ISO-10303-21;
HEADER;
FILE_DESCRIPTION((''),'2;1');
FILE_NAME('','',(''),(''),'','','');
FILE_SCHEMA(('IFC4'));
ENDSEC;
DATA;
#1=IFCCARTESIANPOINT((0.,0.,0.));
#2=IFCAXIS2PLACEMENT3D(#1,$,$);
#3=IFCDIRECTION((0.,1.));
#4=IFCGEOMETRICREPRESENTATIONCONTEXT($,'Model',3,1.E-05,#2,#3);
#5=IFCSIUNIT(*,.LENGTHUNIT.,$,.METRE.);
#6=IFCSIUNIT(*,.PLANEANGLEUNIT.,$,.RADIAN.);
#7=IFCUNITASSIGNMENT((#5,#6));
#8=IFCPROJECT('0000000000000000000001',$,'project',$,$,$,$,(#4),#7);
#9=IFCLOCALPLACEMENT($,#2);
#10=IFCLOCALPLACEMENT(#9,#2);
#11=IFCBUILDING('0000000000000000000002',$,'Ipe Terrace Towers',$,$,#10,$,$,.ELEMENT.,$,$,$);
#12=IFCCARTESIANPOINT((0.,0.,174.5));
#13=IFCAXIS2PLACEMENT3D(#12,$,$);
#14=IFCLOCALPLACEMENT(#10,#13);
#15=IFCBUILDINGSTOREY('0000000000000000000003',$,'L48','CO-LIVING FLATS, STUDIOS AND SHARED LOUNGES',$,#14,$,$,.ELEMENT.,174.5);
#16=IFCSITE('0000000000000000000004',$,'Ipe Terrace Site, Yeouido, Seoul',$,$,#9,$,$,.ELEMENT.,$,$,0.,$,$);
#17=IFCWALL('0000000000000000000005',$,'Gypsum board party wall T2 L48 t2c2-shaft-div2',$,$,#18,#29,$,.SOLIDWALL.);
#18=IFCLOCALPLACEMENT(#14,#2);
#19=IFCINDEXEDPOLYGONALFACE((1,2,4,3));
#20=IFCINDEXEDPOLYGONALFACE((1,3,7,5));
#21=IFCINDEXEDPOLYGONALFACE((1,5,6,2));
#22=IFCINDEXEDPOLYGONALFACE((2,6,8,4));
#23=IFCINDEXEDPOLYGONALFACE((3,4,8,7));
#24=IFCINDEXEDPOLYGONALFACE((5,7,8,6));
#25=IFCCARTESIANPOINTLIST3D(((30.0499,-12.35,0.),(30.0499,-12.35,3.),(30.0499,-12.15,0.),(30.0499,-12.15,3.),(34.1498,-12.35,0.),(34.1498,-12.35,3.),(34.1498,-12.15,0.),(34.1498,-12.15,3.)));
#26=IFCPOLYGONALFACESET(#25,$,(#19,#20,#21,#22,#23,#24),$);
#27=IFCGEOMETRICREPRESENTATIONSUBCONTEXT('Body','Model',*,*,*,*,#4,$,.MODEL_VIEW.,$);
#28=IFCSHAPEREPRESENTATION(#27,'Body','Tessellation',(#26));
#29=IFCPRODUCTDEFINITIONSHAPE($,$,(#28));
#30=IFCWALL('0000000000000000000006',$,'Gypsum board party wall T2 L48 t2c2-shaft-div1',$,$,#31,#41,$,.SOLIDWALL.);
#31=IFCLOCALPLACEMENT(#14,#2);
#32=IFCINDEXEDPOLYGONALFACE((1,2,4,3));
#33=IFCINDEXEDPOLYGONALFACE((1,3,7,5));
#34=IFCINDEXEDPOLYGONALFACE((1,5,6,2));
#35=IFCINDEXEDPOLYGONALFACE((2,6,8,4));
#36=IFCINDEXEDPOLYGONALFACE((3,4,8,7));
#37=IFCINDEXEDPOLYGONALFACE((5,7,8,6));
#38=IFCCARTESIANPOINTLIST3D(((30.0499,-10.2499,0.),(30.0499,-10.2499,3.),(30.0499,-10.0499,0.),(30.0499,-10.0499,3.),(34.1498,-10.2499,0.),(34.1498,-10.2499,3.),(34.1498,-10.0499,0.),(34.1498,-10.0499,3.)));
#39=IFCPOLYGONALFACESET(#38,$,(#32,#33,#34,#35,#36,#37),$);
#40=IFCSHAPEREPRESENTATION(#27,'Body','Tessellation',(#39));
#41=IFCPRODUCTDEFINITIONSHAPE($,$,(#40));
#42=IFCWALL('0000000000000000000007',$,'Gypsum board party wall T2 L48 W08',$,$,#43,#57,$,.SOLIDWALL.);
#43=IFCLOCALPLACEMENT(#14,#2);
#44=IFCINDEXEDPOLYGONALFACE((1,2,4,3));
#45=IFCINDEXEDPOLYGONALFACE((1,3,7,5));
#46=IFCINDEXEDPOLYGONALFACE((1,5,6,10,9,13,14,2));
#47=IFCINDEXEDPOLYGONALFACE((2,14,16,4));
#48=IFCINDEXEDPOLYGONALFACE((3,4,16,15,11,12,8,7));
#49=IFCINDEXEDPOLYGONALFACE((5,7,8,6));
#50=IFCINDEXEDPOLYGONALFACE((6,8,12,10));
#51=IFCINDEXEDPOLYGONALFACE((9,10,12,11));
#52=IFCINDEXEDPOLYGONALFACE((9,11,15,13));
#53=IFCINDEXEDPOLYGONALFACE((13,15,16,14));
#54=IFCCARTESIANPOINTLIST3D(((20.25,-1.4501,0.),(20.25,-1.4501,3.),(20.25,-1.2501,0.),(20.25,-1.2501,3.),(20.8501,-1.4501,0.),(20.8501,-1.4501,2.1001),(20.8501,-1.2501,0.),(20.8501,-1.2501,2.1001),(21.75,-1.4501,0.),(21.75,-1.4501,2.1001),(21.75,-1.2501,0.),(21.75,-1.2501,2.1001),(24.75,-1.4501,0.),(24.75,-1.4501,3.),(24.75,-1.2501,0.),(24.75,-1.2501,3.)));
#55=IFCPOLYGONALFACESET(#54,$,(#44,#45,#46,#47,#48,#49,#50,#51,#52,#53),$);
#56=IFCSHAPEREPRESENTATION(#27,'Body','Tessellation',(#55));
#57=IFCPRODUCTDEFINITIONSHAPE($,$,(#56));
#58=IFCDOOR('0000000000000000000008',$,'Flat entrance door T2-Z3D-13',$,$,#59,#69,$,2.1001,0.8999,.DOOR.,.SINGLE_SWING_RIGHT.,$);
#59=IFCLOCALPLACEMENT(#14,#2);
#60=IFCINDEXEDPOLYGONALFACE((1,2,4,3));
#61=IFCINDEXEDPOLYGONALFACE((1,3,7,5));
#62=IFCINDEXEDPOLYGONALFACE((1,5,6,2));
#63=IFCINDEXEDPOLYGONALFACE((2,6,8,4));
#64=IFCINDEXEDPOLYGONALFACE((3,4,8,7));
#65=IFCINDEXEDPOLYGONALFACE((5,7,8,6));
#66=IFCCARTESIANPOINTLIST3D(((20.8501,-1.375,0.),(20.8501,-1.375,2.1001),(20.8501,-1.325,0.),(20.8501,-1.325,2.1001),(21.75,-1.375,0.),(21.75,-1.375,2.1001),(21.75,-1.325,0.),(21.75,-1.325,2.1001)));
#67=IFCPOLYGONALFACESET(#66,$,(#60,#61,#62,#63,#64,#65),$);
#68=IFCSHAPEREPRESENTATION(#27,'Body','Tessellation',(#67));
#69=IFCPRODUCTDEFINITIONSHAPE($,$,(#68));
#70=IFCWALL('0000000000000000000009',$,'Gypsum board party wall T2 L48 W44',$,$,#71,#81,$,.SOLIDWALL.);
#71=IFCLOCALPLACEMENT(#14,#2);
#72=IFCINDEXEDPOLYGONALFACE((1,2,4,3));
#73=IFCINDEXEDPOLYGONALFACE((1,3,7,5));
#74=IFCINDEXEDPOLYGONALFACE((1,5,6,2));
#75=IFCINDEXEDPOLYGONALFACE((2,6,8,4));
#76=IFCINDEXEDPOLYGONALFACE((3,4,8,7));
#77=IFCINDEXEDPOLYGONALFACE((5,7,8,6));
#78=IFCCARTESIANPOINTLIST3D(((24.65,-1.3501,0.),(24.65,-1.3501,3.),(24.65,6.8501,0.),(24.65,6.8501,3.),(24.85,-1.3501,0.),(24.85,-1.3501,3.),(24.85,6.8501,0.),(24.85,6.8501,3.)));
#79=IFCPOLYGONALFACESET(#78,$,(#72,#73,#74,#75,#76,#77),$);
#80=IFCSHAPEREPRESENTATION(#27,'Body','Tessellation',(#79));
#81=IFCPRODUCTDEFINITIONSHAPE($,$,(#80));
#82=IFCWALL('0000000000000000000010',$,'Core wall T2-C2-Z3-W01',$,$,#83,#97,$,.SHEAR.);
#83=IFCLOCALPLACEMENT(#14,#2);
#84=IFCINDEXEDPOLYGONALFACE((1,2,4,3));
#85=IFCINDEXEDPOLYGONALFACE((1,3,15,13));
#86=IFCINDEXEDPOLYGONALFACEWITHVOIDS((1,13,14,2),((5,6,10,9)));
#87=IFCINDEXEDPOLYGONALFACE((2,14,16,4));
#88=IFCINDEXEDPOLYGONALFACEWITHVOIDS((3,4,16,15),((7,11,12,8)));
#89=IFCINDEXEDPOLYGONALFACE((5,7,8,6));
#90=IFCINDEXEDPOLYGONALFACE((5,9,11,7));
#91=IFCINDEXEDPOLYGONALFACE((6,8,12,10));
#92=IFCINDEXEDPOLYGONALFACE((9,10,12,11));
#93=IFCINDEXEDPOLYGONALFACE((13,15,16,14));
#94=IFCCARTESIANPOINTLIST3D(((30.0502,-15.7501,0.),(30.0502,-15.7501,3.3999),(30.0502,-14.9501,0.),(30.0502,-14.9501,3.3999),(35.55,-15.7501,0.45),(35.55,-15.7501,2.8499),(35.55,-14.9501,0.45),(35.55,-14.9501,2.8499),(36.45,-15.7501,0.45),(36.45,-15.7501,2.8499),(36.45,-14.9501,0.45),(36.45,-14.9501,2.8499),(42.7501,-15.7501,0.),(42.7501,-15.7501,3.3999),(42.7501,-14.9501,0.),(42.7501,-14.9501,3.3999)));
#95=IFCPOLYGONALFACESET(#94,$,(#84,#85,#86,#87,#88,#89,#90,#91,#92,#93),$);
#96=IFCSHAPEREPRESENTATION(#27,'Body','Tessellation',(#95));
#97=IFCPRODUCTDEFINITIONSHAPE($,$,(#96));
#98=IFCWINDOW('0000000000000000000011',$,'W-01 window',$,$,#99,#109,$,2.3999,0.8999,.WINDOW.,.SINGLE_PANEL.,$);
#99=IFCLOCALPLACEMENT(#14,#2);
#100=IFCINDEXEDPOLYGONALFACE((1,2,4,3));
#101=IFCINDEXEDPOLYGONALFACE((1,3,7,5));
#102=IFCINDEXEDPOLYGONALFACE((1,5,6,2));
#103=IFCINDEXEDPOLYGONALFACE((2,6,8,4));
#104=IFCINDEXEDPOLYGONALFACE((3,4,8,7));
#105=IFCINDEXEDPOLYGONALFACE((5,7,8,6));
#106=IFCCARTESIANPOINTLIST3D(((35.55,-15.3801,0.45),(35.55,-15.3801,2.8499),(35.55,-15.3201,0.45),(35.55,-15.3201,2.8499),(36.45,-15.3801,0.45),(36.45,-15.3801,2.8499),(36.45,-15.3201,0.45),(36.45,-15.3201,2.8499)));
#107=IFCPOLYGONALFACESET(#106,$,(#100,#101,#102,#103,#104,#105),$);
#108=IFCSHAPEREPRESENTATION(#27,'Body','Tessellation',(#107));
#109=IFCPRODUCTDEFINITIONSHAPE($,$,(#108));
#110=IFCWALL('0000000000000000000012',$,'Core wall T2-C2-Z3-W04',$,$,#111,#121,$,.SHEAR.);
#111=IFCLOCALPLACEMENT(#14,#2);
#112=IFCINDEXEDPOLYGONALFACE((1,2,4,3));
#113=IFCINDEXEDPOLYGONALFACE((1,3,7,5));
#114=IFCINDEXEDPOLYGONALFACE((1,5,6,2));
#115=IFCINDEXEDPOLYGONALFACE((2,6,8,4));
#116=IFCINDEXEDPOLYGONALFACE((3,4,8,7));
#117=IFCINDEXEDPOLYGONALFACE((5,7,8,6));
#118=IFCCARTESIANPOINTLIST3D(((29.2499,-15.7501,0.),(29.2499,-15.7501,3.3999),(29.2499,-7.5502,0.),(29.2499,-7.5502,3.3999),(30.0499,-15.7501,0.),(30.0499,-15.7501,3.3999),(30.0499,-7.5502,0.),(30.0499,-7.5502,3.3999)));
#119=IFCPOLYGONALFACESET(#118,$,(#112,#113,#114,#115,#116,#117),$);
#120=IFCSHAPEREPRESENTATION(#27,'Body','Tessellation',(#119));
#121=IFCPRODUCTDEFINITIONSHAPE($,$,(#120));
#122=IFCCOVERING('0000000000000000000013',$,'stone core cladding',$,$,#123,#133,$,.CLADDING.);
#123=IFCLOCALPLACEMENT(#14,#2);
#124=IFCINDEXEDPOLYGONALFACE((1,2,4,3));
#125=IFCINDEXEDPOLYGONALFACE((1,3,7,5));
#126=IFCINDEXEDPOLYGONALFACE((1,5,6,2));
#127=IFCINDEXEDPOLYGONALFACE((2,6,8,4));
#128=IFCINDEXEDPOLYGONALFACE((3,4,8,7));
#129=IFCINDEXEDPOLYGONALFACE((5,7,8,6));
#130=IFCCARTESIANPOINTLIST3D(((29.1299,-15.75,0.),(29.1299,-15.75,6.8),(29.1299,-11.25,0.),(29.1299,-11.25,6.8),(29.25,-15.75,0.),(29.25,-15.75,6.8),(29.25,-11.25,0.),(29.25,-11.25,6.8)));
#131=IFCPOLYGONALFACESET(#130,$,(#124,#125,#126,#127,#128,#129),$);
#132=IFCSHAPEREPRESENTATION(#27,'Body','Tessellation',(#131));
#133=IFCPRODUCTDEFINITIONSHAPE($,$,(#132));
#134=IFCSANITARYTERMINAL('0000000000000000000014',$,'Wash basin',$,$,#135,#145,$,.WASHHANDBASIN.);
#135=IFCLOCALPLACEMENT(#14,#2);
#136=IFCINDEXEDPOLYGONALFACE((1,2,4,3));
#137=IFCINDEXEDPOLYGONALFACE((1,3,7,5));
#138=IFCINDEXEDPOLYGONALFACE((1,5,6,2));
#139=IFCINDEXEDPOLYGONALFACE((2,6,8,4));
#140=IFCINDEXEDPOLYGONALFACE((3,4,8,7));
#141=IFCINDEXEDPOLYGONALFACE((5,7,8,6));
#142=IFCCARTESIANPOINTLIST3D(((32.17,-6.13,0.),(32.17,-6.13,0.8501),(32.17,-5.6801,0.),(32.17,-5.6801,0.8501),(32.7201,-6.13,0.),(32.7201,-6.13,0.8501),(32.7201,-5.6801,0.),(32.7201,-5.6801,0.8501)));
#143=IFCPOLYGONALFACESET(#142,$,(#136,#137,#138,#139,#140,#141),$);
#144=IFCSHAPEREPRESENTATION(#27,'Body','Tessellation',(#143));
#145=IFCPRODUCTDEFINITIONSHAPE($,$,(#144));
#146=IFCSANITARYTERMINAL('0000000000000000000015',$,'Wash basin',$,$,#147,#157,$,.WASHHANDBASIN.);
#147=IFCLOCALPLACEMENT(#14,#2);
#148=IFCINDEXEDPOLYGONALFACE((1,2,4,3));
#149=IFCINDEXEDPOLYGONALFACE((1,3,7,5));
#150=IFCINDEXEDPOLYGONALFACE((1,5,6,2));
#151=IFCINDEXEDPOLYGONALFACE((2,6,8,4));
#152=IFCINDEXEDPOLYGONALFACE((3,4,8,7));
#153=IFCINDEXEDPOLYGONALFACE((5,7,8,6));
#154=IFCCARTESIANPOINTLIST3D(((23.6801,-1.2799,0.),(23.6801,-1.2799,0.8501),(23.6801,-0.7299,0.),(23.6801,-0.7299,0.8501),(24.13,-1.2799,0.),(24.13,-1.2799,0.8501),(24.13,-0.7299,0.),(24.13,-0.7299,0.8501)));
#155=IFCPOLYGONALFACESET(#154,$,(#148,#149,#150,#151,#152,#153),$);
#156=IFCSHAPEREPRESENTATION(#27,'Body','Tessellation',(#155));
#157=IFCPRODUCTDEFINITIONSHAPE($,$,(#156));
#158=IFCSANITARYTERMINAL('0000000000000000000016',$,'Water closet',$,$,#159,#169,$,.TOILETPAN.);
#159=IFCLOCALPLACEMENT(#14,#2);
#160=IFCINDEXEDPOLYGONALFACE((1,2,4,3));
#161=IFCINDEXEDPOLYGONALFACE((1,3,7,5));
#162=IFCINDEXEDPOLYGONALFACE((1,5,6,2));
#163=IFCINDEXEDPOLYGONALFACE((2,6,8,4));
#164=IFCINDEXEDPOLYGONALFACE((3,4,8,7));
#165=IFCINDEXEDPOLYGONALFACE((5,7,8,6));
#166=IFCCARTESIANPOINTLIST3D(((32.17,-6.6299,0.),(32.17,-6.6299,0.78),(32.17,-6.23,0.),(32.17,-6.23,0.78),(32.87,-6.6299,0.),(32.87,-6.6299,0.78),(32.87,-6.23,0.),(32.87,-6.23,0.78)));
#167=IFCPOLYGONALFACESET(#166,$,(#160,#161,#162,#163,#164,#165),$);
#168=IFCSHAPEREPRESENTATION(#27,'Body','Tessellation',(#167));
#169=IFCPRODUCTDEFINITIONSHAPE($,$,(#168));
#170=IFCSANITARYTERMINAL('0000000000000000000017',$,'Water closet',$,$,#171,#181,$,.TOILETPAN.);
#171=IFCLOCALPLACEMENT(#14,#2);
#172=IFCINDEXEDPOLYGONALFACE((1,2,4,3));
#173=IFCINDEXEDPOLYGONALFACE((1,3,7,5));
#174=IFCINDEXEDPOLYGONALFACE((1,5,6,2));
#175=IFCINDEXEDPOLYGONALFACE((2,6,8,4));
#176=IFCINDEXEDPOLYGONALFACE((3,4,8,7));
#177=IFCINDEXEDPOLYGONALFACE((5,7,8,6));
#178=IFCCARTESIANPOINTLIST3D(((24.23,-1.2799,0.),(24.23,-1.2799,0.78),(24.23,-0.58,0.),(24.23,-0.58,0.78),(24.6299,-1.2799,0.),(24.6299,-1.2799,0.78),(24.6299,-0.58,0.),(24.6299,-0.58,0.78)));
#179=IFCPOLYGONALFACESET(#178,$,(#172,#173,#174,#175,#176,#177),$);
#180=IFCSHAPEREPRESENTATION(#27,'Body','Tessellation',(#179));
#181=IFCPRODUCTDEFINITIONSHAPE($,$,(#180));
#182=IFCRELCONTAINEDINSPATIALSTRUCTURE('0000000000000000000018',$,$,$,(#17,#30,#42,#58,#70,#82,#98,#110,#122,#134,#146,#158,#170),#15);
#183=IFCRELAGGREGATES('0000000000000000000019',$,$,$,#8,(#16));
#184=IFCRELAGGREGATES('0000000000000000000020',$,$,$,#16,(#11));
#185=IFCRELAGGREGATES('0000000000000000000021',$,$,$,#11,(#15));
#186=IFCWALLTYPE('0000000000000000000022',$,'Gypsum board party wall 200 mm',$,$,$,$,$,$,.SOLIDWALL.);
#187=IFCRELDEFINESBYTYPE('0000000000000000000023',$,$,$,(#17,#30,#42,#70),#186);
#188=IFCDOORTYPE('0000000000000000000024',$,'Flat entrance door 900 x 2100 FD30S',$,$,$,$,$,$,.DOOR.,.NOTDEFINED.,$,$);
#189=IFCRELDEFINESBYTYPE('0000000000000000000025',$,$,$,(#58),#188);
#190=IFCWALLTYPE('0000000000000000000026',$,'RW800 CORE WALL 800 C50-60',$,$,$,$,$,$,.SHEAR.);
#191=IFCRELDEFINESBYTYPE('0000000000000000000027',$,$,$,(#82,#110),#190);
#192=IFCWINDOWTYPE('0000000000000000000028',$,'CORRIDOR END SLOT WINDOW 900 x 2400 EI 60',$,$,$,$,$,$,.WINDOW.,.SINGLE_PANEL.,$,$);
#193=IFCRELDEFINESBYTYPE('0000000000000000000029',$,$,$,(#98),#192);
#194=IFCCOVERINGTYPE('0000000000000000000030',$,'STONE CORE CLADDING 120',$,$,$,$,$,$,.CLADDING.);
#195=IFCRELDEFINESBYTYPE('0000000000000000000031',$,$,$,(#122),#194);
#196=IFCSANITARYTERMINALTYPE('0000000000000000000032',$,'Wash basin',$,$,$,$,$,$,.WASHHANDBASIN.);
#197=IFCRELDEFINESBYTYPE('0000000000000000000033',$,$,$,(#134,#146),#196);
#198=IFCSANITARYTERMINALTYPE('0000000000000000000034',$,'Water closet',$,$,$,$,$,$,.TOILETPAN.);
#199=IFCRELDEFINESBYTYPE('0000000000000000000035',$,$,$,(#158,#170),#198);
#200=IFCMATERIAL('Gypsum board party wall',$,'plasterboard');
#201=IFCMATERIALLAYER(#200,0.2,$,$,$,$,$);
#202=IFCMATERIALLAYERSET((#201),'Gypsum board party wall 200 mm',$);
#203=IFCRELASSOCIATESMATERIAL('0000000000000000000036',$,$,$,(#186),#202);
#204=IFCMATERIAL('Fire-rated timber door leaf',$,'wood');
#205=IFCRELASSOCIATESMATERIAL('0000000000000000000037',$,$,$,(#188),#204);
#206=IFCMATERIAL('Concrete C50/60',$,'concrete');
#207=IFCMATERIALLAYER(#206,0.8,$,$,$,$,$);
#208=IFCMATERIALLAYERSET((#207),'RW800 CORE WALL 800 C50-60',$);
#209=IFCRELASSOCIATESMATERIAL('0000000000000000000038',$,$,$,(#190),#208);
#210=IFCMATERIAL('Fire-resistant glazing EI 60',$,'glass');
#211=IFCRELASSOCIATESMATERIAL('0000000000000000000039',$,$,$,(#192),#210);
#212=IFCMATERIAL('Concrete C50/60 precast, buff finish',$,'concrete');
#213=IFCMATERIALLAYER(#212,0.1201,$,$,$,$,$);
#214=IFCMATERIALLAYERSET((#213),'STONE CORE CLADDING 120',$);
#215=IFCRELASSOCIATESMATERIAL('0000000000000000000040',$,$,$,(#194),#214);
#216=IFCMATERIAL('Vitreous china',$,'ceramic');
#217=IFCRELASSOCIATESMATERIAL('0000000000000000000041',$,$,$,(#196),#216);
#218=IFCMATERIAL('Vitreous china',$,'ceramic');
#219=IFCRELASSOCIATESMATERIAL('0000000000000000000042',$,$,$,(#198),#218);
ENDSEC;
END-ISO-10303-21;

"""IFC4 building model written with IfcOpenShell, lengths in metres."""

from ifc_helpers import new_model, si_unit, direction, frame, frame_2d, origin, origin_2d, place, context, subcontext, project, spatial, rectangle, extrude, material, layer, layer_set, type_object, element, fill, save


model = new_model("IFC4")

# Units and contexts
model_context = context("Model", 3, precision=1e-05, world=origin(), true_north=direction((0.0, 1.0)))
body_context = subcontext(model_context, "Body", "Model", "MODEL_VIEW")
ifc_project = project(units=[si_unit("LENGTHUNIT", "METRE"), si_unit("PLANEANGLEUNIT", "RADIAN")], contexts=[model_context])

# Site, building, storey
site_placement = place(None, origin())
site = spatial("IfcSite", under=ifc_project, at=site_placement, Name="Ipe Terrace Site, Yeouido, Seoul", CompositionType="ELEMENT", RefElevation=0.0)
building_placement = place(site_placement, origin())
building = spatial("IfcBuilding", under=site, at=building_placement, Name="Ipe Terrace Towers", CompositionType="ELEMENT")
storey_placement = place(building_placement, frame((0.0, 0.0, 174.5)))
storey = spatial("IfcBuildingStorey", under=building, at=storey_placement, Name="L48", Description="CO-LIVING FLATS, STUDIOS AND SHARED LOUNGES", CompositionType="ELEMENT", Elevation=174.5)

# Walls
ifc_material_1 = material(Name="Gypsum board party wall", Category="plasterboard")
ifc_layer_1 = layer(ifc_material_1, 0.2)
ifc_layer_set_1 = layer_set([ifc_layer_1], Name="Gypsum board party wall 200 mm")
wall_type_1 = type_object("IfcWallType", Name="Gypsum board party wall 200 mm", PredefinedType="SOLIDWALL", material=ifc_layer_set_1)
for number, where, z_axis, x_axis, name in (
    (1, (30.05, -12.25, 0.0), (0.0, 0.0, 1.0), (1.0, 0.0, 0.0), "Gypsum board party wall T2 L48 t2c2-shaft-div2"),
    (2, (30.05, -10.1499, 0.0), (0.0, 0.0, 1.0), (1.0, 0.0, 0.0), "Gypsum board party wall T2 L48 t2c2-shaft-div1"),
):
    element("IfcWall", number, at=place(storey_placement, frame(where, z_axis=z_axis, x_axis=x_axis)), inside=storey, type_object=wall_type_1, Name=name, PredefinedType="SOLIDWALL", context=body_context, shape_type="SweptSolid", body=[
        extrude(rectangle(XDim=4.0999, YDim=0.2, at=frame_2d((2.0498, 0.0))), origin(), (0.0, 0.0, 1.0), 3.0),
    ])

# Wall, opening, door
wall_1_placement = place(storey_placement, frame((24.75, -1.3501, 0.0), z_axis=(0.0, 0.0, 1.0), x_axis=(-1.0, 0.0, 0.0)))
wall_1 = element("IfcWall", 3, at=wall_1_placement, inside=storey, type_object=wall_type_1, Name="Gypsum board party wall T2 L48 W08", PredefinedType="SOLIDWALL", context=body_context, shape_type="SweptSolid", body=[
    extrude(rectangle(XDim=4.5, YDim=0.2, at=frame_2d((2.25, 0.0))), origin(), (0.0, 0.0, 1.0), 3.0),
])
opening_1_placement = place(wall_1_placement, frame((3.0, 0.0, 0.0)))
opening_1 = element("IfcOpeningElement", 4, at=opening_1_placement, cuts=wall_1, PredefinedType="OPENING", context=body_context, shape_type="SweptSolid", body=[
    extrude(rectangle(XDim=0.8999, YDim=2.1001, at=frame_2d((0.45, 1.05))), frame((0.0, 0.1099, 0.0), z_axis=(0.0, -1.0, 0.0), x_axis=(1.0, 0.0, 0.0)), (0.0, 0.0, 1.0), 0.22),
])
ifc_material_2 = material(Name="Fire-rated timber door leaf", Category="wood")
door_type_1 = type_object("IfcDoorType", Name="Flat entrance door 900 x 2100 FD30S", OperationType="NOTDEFINED", PredefinedType="DOOR", material=ifc_material_2)
door_1_placement = place(opening_1_placement, origin())
door_1 = element("IfcDoor", 5, at=door_1_placement, inside=storey, type_object=door_type_1, Name="Flat entrance door T2-Z3D-13", OperationType="SINGLE_SWING_RIGHT", OverallHeight=2.1001, OverallWidth=0.8999, PredefinedType="DOOR", context=body_context, shape_type="SweptSolid", body=[
    extrude(rectangle(XDim=0.8999, YDim=2.1001, at=frame_2d((0.45, 1.05))), frame((0.0, 0.0249, 0.0), z_axis=(0.0, -1.0, 0.0), x_axis=(1.0, 0.0, 0.0)), (0.0, 0.0, 1.0), 0.05),
])
fill(opening_1, door_1)

# Wall
wall_2_placement = place(storey_placement, frame((24.75, -1.3501, 0.0), z_axis=(0.0, 0.0, 1.0), x_axis=(0.0, 1.0, 0.0)))
element("IfcWall", 6, at=wall_2_placement, inside=storey, type_object=wall_type_1, Name="Gypsum board party wall T2 L48 W44", PredefinedType="SOLIDWALL", context=body_context, shape_type="SweptSolid", body=[
    extrude(rectangle(XDim=8.2002, YDim=0.2, at=frame_2d((4.1001, 0.0))), origin(), (0.0, 0.0, 1.0), 3.0),
])

# Wall, opening, window
ifc_material_3 = material(Name="Concrete C50/60", Category="concrete")
ifc_layer_2 = layer(ifc_material_3, 0.8)
ifc_layer_set_2 = layer_set([ifc_layer_2], Name="RW800 CORE WALL 800 C50-60")
wall_type_2 = type_object("IfcWallType", Name="RW800 CORE WALL 800 C50-60", PredefinedType="SHEAR", material=ifc_layer_set_2)
wall_3_placement = place(storey_placement, frame((30.05, -15.3501, 0.0), z_axis=(0.0, 0.0, 1.0), x_axis=(1.0, 0.0, 0.0)))
wall_3 = element("IfcWall", 7, at=wall_3_placement, inside=storey, type_object=wall_type_2, Name="Core wall T2-C2-Z3-W01", PredefinedType="SHEAR", context=body_context, shape_type="SweptSolid", body=[
    extrude(rectangle(XDim=12.7, YDim=0.8, at=frame_2d((6.3501, 0.0))), origin(), (0.0, 0.0, 1.0), 3.3999),
])
opening_2_placement = place(wall_3_placement, frame((5.5, 0.0, 0.45)))
opening_2 = element("IfcOpeningElement", 8, at=opening_2_placement, cuts=wall_3, PredefinedType="OPENING", context=body_context, shape_type="SweptSolid", body=[
    extrude(rectangle(XDim=0.8999, YDim=2.3999, at=frame_2d((0.45, 1.2))), frame((0.0, 0.4102, 0.0), z_axis=(0.0, -1.0, 0.0), x_axis=(1.0, 0.0, 0.0)), (0.0, 0.0, 1.0), 0.8201),
])
ifc_material_4 = material(Name="Fire-resistant glazing EI 60", Category="glass")
window_type = type_object("IfcWindowType", Name="CORRIDOR END SLOT WINDOW 900 x 2400 EI 60", PartitioningType="SINGLE_PANEL", PredefinedType="WINDOW", material=ifc_material_4)
window_placement = place(opening_2_placement, origin())
window = element("IfcWindow", 9, at=window_placement, inside=storey, type_object=window_type, Name="W-01 window", OverallHeight=2.3999, OverallWidth=0.8999, PartitioningType="SINGLE_PANEL", PredefinedType="WINDOW", context=body_context, shape_type="SweptSolid", body=[
    extrude(rectangle(XDim=0.8999, YDim=2.3999, at=frame_2d((0.45, 1.2))), frame((0.0, 0.03, 0.0), z_axis=(0.0, -1.0, 0.0), x_axis=(1.0, 0.0, 0.0)), (0.0, 0.0, 1.0), 0.0601),
])
fill(opening_2, window)

# Wall
wall_4_placement = place(storey_placement, frame((29.6499, -7.55, 0.0), z_axis=(0.0, 0.0, 1.0), x_axis=(0.0, -1.0, 0.0)))
element("IfcWall", 10, at=wall_4_placement, inside=storey, type_object=wall_type_2, Name="Core wall T2-C2-Z3-W04", PredefinedType="SHEAR", context=body_context, shape_type="SweptSolid", body=[
    extrude(rectangle(XDim=8.2, YDim=0.8, at=frame_2d((4.1001, 0.0))), origin(), (0.0, 0.0, 1.0), 3.3999),
])

# Covering
ifc_material_5 = material(Name="Concrete C50/60 precast, buff finish", Category="concrete")
ifc_layer_3 = layer(ifc_material_5, 0.1201)
ifc_layer_set_3 = layer_set([ifc_layer_3], Name="STONE CORE CLADDING 120")
covering_type = type_object("IfcCoveringType", Name="STONE CORE CLADDING 120", PredefinedType="CLADDING", material=ifc_layer_set_3)
covering_placement = place(storey_placement, frame((29.1899, -13.5, 0.0), z_axis=(0.0, 0.0, 1.0), x_axis=(0.0, -1.0, 0.0)))
element("IfcCovering", 11, at=covering_placement, inside=storey, type_object=covering_type, Name="stone core cladding", PredefinedType="CLADDING", context=body_context, shape_type="SweptSolid", body=[
    extrude(rectangle(XDim=4.5, YDim=0.1201, at=origin_2d()), origin(), (0.0, 0.0, 1.0), 6.8),
])

# Sanitary terminals
ifc_material_6 = material(Name="Vitreous china", Category="ceramic")
sanitary_terminal_type_1 = type_object("IfcSanitaryTerminalType", Name="Wash basin", PredefinedType="WASHHANDBASIN", material=ifc_material_6)
for number, where, z_axis, x_axis, name in (
    (12, (32.4451, -5.905, 0.0), (0.0, 0.0, 1.0), (1.0, 0.0, 0.0), "Wash basin"),
    (13, (23.905, -1.0049, 0.0), (0.0, 0.0, 1.0), (0.0, 1.0, 0.0), "Wash basin"),
):
    element("IfcSanitaryTerminal", number, at=place(storey_placement, frame(where, z_axis=z_axis, x_axis=x_axis)), inside=storey, type_object=sanitary_terminal_type_1, Name=name, PredefinedType="WASHHANDBASIN", context=body_context, shape_type="SweptSolid", body=[
        extrude(rectangle(XDim=0.55, YDim=0.45, at=origin_2d()), origin(), (0.0, 0.0, 1.0), 0.8501),
    ])
ifc_material_7 = material(Name="Vitreous china", Category="ceramic")
sanitary_terminal_type_2 = type_object("IfcSanitaryTerminalType", Name="Water closet", PredefinedType="TOILETPAN", material=ifc_material_7)
for number, where, z_axis, x_axis, name in (
    (14, (32.52, -6.4299, 0.0), (0.0, 0.0, 1.0), (1.0, 0.0, 0.0), "Water closet"),
    (15, (24.4299, -0.9299, 0.0), (0.0, 0.0, 1.0), (0.0, 1.0, 0.0), "Water closet"),
):
    element("IfcSanitaryTerminal", number, at=place(storey_placement, frame(where, z_axis=z_axis, x_axis=x_axis)), inside=storey, type_object=sanitary_terminal_type_2, Name=name, PredefinedType="TOILETPAN", context=body_context, shape_type="SweptSolid", body=[
        extrude(rectangle(XDim=0.7, YDim=0.3999, at=origin_2d()), origin(), (0.0, 0.0, 1.0), 0.78),
    ])

save(model, "model.ifc")
